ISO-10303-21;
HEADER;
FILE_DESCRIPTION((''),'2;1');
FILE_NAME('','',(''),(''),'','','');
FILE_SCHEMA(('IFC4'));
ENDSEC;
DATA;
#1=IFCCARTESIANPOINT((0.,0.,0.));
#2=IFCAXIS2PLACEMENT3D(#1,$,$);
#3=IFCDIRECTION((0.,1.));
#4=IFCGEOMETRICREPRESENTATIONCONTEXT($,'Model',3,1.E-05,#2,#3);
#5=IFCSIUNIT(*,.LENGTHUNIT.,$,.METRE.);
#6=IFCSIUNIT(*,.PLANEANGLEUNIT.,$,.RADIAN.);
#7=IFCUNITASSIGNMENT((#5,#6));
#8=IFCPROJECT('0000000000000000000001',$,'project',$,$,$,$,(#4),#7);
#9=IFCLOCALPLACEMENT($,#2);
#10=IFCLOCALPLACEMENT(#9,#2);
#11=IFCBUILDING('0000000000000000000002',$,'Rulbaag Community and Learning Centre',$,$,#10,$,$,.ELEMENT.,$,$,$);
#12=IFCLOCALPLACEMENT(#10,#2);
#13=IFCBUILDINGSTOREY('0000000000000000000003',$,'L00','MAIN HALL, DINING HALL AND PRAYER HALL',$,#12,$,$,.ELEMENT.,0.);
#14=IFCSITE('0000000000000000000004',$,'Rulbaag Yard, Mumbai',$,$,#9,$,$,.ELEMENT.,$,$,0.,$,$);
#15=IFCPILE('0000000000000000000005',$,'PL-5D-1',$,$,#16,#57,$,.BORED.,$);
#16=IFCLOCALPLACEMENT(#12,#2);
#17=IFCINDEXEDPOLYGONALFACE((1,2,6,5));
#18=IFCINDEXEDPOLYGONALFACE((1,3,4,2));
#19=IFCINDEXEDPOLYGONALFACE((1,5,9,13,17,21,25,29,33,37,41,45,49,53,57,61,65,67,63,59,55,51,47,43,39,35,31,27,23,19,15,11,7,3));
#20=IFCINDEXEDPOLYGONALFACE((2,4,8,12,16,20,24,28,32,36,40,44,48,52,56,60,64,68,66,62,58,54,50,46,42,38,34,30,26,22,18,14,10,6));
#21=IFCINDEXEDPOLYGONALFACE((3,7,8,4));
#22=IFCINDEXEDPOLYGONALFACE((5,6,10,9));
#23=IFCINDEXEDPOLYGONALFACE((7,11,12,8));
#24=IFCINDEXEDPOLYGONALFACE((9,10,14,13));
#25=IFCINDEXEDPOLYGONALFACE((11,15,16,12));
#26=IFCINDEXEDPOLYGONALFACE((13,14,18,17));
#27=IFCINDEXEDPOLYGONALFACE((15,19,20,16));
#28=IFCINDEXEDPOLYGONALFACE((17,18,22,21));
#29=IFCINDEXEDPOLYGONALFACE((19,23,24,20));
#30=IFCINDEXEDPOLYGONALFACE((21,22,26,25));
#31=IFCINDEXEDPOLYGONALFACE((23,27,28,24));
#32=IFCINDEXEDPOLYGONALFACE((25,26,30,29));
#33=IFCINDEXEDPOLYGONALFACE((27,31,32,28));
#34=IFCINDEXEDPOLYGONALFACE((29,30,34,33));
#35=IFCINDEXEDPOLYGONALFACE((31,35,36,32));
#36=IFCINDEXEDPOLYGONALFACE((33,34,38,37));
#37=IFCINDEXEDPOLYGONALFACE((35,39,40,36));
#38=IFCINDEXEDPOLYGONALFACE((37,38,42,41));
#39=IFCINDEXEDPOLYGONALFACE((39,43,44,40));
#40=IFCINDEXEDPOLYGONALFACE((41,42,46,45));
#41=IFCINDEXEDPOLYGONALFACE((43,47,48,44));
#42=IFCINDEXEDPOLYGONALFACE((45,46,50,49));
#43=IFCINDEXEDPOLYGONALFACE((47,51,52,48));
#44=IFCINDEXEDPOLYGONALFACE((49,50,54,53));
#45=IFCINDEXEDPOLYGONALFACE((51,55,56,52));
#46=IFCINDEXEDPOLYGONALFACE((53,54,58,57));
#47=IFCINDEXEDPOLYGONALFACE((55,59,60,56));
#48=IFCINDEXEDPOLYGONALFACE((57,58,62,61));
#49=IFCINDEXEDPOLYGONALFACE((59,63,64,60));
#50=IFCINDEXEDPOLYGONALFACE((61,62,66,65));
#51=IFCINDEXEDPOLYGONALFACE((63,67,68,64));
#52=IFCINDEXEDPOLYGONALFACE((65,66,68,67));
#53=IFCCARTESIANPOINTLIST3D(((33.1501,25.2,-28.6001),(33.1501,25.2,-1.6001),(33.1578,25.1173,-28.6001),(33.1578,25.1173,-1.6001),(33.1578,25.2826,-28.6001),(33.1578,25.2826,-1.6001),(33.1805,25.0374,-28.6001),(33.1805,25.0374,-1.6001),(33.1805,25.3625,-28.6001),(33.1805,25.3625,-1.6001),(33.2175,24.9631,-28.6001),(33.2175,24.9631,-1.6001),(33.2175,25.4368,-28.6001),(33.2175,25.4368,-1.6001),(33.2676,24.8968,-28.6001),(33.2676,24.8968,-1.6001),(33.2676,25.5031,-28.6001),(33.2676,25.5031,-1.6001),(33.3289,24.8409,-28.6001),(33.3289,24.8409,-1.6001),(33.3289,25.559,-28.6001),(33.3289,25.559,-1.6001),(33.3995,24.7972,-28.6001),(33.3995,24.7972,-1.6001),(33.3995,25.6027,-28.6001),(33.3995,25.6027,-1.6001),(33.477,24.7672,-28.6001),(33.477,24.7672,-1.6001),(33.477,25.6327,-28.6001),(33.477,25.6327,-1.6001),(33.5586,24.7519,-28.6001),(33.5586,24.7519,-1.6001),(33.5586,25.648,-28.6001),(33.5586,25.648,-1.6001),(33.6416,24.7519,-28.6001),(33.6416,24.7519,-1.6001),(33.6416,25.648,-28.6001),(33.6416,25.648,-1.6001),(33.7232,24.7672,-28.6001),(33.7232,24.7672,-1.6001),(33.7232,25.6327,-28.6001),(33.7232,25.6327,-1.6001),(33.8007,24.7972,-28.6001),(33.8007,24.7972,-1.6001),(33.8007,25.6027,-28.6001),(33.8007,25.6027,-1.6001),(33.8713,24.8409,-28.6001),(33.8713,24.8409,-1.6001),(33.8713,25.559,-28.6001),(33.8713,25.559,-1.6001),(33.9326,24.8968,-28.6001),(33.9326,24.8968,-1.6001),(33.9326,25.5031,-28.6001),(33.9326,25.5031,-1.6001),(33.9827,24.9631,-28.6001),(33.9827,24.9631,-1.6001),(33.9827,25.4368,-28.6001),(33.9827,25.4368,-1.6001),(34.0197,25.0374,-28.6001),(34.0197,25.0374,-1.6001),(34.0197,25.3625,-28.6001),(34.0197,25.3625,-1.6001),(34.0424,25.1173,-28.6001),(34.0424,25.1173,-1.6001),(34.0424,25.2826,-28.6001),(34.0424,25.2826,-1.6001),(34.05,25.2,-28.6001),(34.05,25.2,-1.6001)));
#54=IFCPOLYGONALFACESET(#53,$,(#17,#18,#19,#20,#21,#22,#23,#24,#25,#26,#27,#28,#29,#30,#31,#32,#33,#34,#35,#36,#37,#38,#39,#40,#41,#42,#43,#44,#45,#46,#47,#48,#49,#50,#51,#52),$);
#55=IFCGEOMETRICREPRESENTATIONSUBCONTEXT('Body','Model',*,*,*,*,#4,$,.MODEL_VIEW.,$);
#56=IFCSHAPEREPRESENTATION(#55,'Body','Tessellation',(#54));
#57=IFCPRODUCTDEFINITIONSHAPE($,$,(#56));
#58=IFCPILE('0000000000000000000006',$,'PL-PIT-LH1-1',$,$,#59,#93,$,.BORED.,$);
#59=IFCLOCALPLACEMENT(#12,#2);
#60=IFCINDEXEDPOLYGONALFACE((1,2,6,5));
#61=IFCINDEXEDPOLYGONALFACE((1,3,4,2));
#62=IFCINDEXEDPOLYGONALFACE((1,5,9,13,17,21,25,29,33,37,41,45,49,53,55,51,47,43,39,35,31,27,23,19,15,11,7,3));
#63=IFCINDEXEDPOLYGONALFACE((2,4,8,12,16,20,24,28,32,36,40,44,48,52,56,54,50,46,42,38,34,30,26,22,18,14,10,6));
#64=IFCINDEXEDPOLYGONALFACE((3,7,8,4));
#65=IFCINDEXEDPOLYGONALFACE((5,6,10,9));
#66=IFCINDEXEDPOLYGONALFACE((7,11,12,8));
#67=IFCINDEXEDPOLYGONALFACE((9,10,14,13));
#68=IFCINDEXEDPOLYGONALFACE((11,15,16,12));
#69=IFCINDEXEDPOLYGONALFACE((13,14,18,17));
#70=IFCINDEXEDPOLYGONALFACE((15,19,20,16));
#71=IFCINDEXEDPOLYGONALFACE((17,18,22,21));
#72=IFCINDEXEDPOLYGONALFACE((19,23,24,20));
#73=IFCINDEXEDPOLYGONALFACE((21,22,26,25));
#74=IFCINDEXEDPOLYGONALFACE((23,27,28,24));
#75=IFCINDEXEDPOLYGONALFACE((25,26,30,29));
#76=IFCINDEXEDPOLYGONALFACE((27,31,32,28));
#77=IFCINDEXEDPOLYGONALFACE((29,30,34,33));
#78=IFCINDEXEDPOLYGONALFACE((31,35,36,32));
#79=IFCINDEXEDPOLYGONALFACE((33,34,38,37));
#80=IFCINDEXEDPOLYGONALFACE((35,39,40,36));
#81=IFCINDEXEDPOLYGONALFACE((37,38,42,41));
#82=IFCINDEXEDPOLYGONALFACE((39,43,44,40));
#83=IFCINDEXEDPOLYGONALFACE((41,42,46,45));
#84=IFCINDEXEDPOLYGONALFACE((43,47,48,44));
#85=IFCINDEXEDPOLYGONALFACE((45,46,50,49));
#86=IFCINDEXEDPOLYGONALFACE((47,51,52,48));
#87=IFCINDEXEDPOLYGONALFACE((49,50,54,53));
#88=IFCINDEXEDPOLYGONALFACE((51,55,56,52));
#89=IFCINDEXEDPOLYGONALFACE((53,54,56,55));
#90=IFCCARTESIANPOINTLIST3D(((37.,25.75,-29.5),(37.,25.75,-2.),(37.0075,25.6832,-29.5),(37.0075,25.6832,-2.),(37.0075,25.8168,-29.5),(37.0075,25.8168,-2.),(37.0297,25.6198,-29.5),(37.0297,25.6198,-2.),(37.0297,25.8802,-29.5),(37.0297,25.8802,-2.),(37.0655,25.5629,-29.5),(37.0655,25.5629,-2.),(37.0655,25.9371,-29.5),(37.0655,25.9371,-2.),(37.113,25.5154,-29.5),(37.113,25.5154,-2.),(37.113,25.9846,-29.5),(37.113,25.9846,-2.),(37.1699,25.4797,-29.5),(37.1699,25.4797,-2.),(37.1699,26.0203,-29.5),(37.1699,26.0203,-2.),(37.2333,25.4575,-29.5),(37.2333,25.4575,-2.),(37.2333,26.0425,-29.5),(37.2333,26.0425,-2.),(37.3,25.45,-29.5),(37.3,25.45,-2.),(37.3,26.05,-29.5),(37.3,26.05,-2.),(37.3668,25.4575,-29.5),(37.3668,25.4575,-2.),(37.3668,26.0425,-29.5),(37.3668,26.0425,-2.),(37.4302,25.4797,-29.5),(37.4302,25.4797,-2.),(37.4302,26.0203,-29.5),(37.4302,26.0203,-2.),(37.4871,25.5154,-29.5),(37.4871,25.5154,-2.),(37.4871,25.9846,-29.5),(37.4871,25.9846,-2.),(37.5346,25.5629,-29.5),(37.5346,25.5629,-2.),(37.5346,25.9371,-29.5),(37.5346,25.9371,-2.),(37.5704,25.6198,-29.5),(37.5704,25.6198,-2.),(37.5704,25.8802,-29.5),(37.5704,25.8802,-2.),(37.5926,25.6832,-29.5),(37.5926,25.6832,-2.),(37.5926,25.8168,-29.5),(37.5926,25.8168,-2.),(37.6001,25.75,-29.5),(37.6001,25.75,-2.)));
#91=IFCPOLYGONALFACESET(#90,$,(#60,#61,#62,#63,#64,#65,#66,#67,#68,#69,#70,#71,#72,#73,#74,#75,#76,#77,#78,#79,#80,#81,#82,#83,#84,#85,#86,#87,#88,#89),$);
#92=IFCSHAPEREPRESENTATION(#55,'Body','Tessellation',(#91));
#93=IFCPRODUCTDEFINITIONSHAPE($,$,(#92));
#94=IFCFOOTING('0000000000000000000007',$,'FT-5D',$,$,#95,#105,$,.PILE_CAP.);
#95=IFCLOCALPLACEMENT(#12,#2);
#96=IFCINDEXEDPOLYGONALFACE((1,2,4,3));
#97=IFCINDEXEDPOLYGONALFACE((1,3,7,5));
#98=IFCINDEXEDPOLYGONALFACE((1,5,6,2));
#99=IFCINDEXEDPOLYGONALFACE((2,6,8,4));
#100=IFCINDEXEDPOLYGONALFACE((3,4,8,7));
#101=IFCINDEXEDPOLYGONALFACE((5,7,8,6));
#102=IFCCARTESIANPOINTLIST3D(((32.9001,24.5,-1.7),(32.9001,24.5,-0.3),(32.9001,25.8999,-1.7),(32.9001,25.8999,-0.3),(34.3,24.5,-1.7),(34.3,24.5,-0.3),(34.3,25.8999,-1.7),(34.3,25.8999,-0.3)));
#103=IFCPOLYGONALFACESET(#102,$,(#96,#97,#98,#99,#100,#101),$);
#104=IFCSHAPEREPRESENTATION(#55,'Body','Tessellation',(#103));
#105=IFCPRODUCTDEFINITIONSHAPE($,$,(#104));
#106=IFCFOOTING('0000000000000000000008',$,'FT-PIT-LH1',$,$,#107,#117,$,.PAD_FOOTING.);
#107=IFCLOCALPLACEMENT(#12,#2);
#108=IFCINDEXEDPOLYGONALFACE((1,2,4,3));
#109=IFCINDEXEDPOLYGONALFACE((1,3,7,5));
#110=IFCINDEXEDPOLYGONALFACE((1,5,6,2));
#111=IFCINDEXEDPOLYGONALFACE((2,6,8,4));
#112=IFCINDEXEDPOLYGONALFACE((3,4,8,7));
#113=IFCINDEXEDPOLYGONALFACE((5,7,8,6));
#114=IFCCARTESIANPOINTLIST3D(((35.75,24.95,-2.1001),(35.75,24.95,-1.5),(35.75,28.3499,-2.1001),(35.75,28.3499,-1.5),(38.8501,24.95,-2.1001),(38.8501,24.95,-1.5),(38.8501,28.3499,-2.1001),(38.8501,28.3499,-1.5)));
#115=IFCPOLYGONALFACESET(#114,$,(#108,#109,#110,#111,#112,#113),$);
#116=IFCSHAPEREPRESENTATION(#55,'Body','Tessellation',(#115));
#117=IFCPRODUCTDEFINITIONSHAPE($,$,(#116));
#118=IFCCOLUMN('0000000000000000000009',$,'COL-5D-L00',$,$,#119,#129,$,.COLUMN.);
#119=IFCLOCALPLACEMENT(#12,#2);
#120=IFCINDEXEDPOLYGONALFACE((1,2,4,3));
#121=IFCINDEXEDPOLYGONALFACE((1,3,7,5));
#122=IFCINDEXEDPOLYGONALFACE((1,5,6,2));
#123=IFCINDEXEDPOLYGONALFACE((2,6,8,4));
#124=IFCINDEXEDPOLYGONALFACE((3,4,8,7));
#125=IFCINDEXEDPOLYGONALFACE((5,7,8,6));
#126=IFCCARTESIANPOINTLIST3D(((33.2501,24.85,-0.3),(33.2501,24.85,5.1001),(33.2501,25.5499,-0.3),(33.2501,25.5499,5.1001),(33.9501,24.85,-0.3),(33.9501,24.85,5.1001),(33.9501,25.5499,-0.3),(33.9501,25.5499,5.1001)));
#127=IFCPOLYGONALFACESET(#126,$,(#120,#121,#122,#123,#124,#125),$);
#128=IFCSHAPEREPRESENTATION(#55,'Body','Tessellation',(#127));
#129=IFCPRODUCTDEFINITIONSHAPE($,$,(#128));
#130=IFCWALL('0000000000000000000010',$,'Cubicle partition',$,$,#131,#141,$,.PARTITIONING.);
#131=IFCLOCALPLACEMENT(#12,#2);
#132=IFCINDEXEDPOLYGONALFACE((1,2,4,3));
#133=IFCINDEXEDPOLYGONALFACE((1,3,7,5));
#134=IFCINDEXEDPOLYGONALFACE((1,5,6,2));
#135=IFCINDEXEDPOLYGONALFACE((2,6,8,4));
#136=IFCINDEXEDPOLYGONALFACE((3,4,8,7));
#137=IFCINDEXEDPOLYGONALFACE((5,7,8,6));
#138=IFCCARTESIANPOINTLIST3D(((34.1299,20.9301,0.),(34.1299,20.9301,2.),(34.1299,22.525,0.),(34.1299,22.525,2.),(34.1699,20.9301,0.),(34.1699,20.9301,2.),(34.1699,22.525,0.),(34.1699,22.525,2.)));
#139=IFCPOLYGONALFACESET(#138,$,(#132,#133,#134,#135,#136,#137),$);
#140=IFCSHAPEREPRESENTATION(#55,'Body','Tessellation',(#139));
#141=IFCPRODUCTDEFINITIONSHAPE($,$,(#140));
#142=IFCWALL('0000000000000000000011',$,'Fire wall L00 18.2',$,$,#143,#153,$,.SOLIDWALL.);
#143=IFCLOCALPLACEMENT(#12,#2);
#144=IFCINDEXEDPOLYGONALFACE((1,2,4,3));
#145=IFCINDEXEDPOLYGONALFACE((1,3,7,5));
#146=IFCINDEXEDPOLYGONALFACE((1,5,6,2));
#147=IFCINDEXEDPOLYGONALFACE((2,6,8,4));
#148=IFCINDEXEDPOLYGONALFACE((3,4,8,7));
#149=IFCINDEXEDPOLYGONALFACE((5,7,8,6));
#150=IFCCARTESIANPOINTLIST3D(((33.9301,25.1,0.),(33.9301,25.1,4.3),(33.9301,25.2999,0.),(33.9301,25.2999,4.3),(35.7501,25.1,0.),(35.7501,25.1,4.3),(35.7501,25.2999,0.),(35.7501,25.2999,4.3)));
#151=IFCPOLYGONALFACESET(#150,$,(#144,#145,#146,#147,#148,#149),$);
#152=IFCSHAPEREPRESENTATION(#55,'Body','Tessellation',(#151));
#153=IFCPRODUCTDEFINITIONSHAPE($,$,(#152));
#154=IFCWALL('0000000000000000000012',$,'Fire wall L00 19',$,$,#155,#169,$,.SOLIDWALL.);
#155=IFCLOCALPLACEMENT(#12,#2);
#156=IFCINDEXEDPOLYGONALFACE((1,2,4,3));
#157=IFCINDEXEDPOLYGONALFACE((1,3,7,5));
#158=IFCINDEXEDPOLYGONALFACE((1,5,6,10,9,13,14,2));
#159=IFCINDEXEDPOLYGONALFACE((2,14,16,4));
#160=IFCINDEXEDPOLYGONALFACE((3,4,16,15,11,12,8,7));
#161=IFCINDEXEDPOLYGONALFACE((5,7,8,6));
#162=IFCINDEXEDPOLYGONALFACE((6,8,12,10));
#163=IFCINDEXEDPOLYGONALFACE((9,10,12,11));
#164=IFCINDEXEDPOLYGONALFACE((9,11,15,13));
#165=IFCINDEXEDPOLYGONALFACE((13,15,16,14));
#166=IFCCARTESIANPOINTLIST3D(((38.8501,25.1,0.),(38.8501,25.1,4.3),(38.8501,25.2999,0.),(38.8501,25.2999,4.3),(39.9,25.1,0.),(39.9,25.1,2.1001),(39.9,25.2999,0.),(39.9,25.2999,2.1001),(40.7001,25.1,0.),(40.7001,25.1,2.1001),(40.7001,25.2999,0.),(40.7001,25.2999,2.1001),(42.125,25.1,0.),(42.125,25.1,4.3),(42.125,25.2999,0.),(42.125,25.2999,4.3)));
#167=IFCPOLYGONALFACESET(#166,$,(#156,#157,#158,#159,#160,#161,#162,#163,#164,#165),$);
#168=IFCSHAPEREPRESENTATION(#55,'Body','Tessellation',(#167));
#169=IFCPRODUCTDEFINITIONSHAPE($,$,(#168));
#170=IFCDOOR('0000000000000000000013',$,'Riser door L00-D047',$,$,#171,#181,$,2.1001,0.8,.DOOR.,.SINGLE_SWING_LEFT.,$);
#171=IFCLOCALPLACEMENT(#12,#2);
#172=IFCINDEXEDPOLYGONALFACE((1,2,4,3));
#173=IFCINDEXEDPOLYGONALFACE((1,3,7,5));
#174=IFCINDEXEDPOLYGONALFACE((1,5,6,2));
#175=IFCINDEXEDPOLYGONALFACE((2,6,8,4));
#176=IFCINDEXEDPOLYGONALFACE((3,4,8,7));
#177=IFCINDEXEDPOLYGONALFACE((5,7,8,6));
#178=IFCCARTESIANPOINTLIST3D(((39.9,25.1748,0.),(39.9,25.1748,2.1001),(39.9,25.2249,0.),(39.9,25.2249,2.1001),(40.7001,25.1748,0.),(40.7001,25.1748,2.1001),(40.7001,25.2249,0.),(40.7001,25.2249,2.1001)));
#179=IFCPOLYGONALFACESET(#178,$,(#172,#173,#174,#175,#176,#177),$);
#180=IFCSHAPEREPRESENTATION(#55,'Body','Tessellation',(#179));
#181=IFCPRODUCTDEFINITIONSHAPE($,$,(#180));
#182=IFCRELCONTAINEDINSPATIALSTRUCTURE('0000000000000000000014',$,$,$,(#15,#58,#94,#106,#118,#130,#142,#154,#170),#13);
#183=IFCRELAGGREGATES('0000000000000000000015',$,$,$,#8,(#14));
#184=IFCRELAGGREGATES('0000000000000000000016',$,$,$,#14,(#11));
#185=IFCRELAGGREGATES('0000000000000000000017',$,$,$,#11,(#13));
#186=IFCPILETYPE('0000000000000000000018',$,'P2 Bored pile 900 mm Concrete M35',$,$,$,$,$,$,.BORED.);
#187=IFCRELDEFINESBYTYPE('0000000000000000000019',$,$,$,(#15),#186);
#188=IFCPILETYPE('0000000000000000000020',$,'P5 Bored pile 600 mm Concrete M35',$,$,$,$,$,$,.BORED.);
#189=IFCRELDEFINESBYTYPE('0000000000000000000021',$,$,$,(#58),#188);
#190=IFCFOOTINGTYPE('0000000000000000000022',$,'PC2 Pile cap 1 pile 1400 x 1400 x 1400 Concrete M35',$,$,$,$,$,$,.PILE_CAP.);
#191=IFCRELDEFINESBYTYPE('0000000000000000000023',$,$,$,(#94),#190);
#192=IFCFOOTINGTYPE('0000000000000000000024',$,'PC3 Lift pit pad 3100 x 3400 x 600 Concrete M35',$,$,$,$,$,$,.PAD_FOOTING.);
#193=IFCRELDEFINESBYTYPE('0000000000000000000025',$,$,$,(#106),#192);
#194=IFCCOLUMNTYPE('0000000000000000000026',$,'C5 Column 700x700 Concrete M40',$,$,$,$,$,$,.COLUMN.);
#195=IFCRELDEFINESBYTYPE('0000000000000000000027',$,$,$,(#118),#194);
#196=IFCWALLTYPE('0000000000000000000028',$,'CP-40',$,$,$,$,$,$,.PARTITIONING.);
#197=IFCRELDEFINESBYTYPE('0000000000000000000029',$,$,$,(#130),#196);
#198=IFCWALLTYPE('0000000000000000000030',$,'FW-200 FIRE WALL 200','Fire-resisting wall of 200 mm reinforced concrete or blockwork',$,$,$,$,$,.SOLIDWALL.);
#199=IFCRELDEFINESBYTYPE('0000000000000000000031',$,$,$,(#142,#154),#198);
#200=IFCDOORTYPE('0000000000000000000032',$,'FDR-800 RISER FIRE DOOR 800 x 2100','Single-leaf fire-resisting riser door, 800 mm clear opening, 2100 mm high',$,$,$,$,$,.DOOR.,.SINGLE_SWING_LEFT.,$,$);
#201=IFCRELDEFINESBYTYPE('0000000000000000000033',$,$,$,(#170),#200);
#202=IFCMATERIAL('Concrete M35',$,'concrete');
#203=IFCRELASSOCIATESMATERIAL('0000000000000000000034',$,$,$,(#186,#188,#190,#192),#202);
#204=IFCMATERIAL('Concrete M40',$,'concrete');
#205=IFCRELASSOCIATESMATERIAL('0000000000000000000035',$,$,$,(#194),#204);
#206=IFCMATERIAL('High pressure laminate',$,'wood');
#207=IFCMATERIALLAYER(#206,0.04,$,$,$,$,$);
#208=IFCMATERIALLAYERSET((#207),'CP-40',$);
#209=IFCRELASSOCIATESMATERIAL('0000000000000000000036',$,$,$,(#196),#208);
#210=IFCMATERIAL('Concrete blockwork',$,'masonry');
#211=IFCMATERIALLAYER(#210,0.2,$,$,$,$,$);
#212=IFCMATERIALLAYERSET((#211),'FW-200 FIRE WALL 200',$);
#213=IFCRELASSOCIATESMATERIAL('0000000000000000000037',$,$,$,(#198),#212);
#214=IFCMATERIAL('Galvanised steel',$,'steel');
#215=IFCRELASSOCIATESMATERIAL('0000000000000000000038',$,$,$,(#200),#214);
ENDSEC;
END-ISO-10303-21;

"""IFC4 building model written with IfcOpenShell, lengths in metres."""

from ifc_helpers import new_model, si_unit, direction, frame, frame_2d, origin, origin_2d, place, context, subcontext, project, spatial, rectangle, circle, extrude, material, layer, layer_set, material_profile, profile_set, type_object, element, fill, save


model = new_model("IFC4")

# Units and contexts
model_context = context("Model", 3, precision=1e-05, world=origin(), true_north=direction((0.0, 1.0)))
body_context = subcontext(model_context, "Body", "Model", "MODEL_VIEW")
ifc_project = project(units=[si_unit("LENGTHUNIT", "METRE"), si_unit("PLANEANGLEUNIT", "RADIAN")], contexts=[model_context])

# Site, building, storey
site_placement = place(None, origin())
site = spatial("IfcSite", under=ifc_project, at=site_placement, Name="Rulbaag Yard, Mumbai", CompositionType="ELEMENT", RefElevation=0.0)
building_placement = place(site_placement, origin())
building = spatial("IfcBuilding", under=site, at=building_placement, Name="Rulbaag Community and Learning Centre", CompositionType="ELEMENT")
storey_placement = place(building_placement, origin())
storey = spatial("IfcBuildingStorey", under=building, at=storey_placement, Name="L00", Description="MAIN HALL, DINING HALL AND PRAYER HALL", CompositionType="ELEMENT", Elevation=0.0)

# Piles
ifc_material_1 = material(Name="Concrete M35", Category="concrete")
ifc_material_profile_1 = material_profile(ifc_material_1, circle(Radius=0.45, at=origin_2d()), Name="BP900")
ifc_profile_set_1 = profile_set([ifc_material_profile_1], Name="Concrete M35")
pile_type_1 = type_object("IfcPileType", Name="P2 Bored pile 900 mm Concrete M35", PredefinedType="BORED", material=ifc_profile_set_1)
pile_1_placement = place(storey_placement, frame((33.6001, 25.2, -1.6001), z_axis=(0.0, 0.0, -1.0), x_axis=(1.0, 0.0, 0.0)))
element("IfcPile", 1, at=pile_1_placement, inside=storey, type_object=pile_type_1, Name="PL-5D-1", PredefinedType="BORED", context=body_context, shape_type="SweptSolid", body=[
    extrude(circle(Radius=0.45, at=origin_2d()), origin(), (0.0, 0.0, 1.0), 27.0),
])
ifc_material_profile_2 = material_profile(ifc_material_1, circle(Radius=0.3, at=origin_2d()), Name="BP600")
ifc_profile_set_2 = profile_set([ifc_material_profile_2], Name="Concrete M35")
pile_type_2 = type_object("IfcPileType", Name="P5 Bored pile 600 mm Concrete M35", PredefinedType="BORED", material=ifc_profile_set_2)
pile_2_placement = place(storey_placement, frame((37.3, 25.75, -2.0), z_axis=(0.0, 0.0, -1.0), x_axis=(1.0, 0.0, 0.0)))
element("IfcPile", 2, at=pile_2_placement, inside=storey, type_object=pile_type_2, Name="PL-PIT-LH1-1", PredefinedType="BORED", context=body_context, shape_type="SweptSolid", body=[
    extrude(circle(Radius=0.3, at=origin_2d()), origin(), (0.0, 0.0, 1.0), 27.5),
])

# Footings
footing_type_1 = type_object("IfcFootingType", Name="PC2 Pile cap 1 pile 1400 x 1400 x 1400 Concrete M35", PredefinedType="PILE_CAP", material=ifc_material_1)
footing_1_placement = place(storey_placement, frame((33.6001, 25.2, -1.7), z_axis=(0.0, 0.0, 1.0), x_axis=(1.0, 0.0, 0.0)))
element("IfcFooting", 3, at=footing_1_placement, inside=storey, type_object=footing_type_1, Name="FT-5D", PredefinedType="PILE_CAP", context=body_context, shape_type="SweptSolid", body=[
    extrude(rectangle(XDim=1.3999, YDim=1.3999, at=origin_2d()), origin(), (0.0, 0.0, 1.0), 1.3999),
])
footing_type_2 = type_object("IfcFootingType", Name="PC3 Lift pit pad 3100 x 3400 x 600 Concrete M35", PredefinedType="PAD_FOOTING", material=ifc_material_1)
footing_2_placement = place(storey_placement, frame((37.3, 26.6499, -2.1001), z_axis=(0.0, 0.0, 1.0), x_axis=(1.0, 0.0, 0.0)))
element("IfcFooting", 4, at=footing_2_placement, inside=storey, type_object=footing_type_2, Name="FT-PIT-LH1", PredefinedType="PAD_FOOTING", context=body_context, shape_type="SweptSolid", body=[
    extrude(rectangle(XDim=3.1001, YDim=3.3999, at=origin_2d()), origin(), (0.0, 0.0, 1.0), 0.6001),
])

# Column
ifc_material_2 = material(Name="Concrete M40", Category="concrete")
ifc_material_profile_3 = material_profile(ifc_material_2, rectangle(XDim=0.7, YDim=0.7, at=origin_2d()), Name="RC700x700")
ifc_profile_set_3 = profile_set([ifc_material_profile_3], Name="Concrete M40")
column_type = type_object("IfcColumnType", Name="C5 Column 700x700 Concrete M40", PredefinedType="COLUMN", material=ifc_profile_set_3)
column_placement = place(storey_placement, frame((33.6001, 25.2, -0.3), z_axis=(0.0, 0.0, 1.0), x_axis=(1.0, 0.0, 0.0)))
element("IfcColumn", 5, at=column_placement, inside=storey, type_object=column_type, Name="COL-5D-L00", PredefinedType="COLUMN", context=body_context, shape_type="SweptSolid", body=[
    extrude(rectangle(XDim=0.7, YDim=0.7, at=origin_2d()), origin(), (0.0, 0.0, 1.0), 5.4001),
])

# Walls
ifc_material_3 = material(Name="High pressure laminate", Category="wood")
ifc_layer_1 = layer(ifc_material_3, 0.04)
ifc_layer_set_1 = layer_set([ifc_layer_1], Name="CP-40")
wall_type_1 = type_object("IfcWallType", Name="CP-40", PredefinedType="PARTITIONING", material=ifc_layer_set_1)
wall_1_placement = place(storey_placement, frame((34.1499, 22.5249, 0.0), z_axis=(0.0, 0.0, 1.0), x_axis=(0.0, -1.0, 0.0)))
element("IfcWall", 6, at=wall_1_placement, inside=storey, type_object=wall_type_1, Name="Cubicle partition", PredefinedType="PARTITIONING", context=body_context, shape_type="SweptSolid", body=[
    extrude(rectangle(XDim=1.595, YDim=0.04, at=frame_2d((0.7974, 0.0))), origin(), (0.0, 0.0, 1.0), 2.0),
])
ifc_material_4 = material(Name="Concrete blockwork", Category="masonry")
ifc_layer_2 = layer(ifc_material_4, 0.2)
ifc_layer_set_2 = layer_set([ifc_layer_2], Name="FW-200 FIRE WALL 200")
wall_type_2 = type_object("IfcWallType", Name="FW-200 FIRE WALL 200", Description="Fire-resisting wall of 200 mm reinforced concrete or blockwork", PredefinedType="SOLIDWALL", material=ifc_layer_set_2)
wall_2_placement = place(storey_placement, frame((33.9299, 25.2, 0.0), z_axis=(0.0, 0.0, 1.0), x_axis=(1.0, 0.0, 0.0)))
element("IfcWall", 7, at=wall_2_placement, inside=storey, type_object=wall_type_2, Name="Fire wall L00 18.2", PredefinedType="SOLIDWALL", context=body_context, shape_type="SweptSolid", body=[
    extrude(rectangle(XDim=1.8201, YDim=0.2, at=frame_2d((0.9102, 0.0))), origin(), (0.0, 0.0, 1.0), 4.3),
])

# Wall, opening, door
wall_3_placement = place(storey_placement, frame((38.8501, 25.2, 0.0), z_axis=(0.0, 0.0, 1.0), x_axis=(1.0, 0.0, 0.0)))
wall_3 = element("IfcWall", 8, at=wall_3_placement, inside=storey, type_object=wall_type_2, Name="Fire wall L00 19", PredefinedType="SOLIDWALL", context=body_context, shape_type="SweptSolid", body=[
    extrude(rectangle(XDim=3.2749, YDim=0.2, at=frame_2d((1.6375, 0.0))), origin(), (0.0, 0.0, 1.0), 4.3),
])
opening_placement = place(wall_3_placement, frame((1.05, 0.0, 0.0)))
opening = element("IfcOpeningElement", 9, at=opening_placement, cuts=wall_3, PredefinedType="OPENING", context=body_context, shape_type="SweptSolid", body=[
    extrude(rectangle(XDim=0.8, YDim=2.1001, at=frame_2d((0.3999, 1.05))), frame((0.0, 0.1099, 0.0), z_axis=(0.0, -1.0, 0.0), x_axis=(1.0, 0.0, 0.0)), (0.0, 0.0, 1.0), 0.22),
])
ifc_material_5 = material(Name="Galvanised steel", Category="steel")
door_type = type_object("IfcDoorType", Name="FDR-800 RISER FIRE DOOR 800 x 2100", Description="Single-leaf fire-resisting riser door, 800 mm clear opening, 2100 mm high", OperationType="SINGLE_SWING_LEFT", PredefinedType="DOOR", material=ifc_material_5)
door_placement = place(opening_placement, origin())
door = element("IfcDoor", 10, at=door_placement, inside=storey, type_object=door_type, Name="Riser door L00-D047", OperationType="SINGLE_SWING_LEFT", OverallHeight=2.1001, OverallWidth=0.8, PredefinedType="DOOR", context=body_context, shape_type="SweptSolid", body=[
    extrude(rectangle(XDim=0.8, YDim=2.1001, at=frame_2d((0.3999, 1.05))), frame((0.0, 0.0249, 0.0), z_axis=(0.0, -1.0, 0.0), x_axis=(1.0, 0.0, 0.0)), (0.0, 0.0, 1.0), 0.05),
])
fill(opening, door)

save(model, "model.ifc")
